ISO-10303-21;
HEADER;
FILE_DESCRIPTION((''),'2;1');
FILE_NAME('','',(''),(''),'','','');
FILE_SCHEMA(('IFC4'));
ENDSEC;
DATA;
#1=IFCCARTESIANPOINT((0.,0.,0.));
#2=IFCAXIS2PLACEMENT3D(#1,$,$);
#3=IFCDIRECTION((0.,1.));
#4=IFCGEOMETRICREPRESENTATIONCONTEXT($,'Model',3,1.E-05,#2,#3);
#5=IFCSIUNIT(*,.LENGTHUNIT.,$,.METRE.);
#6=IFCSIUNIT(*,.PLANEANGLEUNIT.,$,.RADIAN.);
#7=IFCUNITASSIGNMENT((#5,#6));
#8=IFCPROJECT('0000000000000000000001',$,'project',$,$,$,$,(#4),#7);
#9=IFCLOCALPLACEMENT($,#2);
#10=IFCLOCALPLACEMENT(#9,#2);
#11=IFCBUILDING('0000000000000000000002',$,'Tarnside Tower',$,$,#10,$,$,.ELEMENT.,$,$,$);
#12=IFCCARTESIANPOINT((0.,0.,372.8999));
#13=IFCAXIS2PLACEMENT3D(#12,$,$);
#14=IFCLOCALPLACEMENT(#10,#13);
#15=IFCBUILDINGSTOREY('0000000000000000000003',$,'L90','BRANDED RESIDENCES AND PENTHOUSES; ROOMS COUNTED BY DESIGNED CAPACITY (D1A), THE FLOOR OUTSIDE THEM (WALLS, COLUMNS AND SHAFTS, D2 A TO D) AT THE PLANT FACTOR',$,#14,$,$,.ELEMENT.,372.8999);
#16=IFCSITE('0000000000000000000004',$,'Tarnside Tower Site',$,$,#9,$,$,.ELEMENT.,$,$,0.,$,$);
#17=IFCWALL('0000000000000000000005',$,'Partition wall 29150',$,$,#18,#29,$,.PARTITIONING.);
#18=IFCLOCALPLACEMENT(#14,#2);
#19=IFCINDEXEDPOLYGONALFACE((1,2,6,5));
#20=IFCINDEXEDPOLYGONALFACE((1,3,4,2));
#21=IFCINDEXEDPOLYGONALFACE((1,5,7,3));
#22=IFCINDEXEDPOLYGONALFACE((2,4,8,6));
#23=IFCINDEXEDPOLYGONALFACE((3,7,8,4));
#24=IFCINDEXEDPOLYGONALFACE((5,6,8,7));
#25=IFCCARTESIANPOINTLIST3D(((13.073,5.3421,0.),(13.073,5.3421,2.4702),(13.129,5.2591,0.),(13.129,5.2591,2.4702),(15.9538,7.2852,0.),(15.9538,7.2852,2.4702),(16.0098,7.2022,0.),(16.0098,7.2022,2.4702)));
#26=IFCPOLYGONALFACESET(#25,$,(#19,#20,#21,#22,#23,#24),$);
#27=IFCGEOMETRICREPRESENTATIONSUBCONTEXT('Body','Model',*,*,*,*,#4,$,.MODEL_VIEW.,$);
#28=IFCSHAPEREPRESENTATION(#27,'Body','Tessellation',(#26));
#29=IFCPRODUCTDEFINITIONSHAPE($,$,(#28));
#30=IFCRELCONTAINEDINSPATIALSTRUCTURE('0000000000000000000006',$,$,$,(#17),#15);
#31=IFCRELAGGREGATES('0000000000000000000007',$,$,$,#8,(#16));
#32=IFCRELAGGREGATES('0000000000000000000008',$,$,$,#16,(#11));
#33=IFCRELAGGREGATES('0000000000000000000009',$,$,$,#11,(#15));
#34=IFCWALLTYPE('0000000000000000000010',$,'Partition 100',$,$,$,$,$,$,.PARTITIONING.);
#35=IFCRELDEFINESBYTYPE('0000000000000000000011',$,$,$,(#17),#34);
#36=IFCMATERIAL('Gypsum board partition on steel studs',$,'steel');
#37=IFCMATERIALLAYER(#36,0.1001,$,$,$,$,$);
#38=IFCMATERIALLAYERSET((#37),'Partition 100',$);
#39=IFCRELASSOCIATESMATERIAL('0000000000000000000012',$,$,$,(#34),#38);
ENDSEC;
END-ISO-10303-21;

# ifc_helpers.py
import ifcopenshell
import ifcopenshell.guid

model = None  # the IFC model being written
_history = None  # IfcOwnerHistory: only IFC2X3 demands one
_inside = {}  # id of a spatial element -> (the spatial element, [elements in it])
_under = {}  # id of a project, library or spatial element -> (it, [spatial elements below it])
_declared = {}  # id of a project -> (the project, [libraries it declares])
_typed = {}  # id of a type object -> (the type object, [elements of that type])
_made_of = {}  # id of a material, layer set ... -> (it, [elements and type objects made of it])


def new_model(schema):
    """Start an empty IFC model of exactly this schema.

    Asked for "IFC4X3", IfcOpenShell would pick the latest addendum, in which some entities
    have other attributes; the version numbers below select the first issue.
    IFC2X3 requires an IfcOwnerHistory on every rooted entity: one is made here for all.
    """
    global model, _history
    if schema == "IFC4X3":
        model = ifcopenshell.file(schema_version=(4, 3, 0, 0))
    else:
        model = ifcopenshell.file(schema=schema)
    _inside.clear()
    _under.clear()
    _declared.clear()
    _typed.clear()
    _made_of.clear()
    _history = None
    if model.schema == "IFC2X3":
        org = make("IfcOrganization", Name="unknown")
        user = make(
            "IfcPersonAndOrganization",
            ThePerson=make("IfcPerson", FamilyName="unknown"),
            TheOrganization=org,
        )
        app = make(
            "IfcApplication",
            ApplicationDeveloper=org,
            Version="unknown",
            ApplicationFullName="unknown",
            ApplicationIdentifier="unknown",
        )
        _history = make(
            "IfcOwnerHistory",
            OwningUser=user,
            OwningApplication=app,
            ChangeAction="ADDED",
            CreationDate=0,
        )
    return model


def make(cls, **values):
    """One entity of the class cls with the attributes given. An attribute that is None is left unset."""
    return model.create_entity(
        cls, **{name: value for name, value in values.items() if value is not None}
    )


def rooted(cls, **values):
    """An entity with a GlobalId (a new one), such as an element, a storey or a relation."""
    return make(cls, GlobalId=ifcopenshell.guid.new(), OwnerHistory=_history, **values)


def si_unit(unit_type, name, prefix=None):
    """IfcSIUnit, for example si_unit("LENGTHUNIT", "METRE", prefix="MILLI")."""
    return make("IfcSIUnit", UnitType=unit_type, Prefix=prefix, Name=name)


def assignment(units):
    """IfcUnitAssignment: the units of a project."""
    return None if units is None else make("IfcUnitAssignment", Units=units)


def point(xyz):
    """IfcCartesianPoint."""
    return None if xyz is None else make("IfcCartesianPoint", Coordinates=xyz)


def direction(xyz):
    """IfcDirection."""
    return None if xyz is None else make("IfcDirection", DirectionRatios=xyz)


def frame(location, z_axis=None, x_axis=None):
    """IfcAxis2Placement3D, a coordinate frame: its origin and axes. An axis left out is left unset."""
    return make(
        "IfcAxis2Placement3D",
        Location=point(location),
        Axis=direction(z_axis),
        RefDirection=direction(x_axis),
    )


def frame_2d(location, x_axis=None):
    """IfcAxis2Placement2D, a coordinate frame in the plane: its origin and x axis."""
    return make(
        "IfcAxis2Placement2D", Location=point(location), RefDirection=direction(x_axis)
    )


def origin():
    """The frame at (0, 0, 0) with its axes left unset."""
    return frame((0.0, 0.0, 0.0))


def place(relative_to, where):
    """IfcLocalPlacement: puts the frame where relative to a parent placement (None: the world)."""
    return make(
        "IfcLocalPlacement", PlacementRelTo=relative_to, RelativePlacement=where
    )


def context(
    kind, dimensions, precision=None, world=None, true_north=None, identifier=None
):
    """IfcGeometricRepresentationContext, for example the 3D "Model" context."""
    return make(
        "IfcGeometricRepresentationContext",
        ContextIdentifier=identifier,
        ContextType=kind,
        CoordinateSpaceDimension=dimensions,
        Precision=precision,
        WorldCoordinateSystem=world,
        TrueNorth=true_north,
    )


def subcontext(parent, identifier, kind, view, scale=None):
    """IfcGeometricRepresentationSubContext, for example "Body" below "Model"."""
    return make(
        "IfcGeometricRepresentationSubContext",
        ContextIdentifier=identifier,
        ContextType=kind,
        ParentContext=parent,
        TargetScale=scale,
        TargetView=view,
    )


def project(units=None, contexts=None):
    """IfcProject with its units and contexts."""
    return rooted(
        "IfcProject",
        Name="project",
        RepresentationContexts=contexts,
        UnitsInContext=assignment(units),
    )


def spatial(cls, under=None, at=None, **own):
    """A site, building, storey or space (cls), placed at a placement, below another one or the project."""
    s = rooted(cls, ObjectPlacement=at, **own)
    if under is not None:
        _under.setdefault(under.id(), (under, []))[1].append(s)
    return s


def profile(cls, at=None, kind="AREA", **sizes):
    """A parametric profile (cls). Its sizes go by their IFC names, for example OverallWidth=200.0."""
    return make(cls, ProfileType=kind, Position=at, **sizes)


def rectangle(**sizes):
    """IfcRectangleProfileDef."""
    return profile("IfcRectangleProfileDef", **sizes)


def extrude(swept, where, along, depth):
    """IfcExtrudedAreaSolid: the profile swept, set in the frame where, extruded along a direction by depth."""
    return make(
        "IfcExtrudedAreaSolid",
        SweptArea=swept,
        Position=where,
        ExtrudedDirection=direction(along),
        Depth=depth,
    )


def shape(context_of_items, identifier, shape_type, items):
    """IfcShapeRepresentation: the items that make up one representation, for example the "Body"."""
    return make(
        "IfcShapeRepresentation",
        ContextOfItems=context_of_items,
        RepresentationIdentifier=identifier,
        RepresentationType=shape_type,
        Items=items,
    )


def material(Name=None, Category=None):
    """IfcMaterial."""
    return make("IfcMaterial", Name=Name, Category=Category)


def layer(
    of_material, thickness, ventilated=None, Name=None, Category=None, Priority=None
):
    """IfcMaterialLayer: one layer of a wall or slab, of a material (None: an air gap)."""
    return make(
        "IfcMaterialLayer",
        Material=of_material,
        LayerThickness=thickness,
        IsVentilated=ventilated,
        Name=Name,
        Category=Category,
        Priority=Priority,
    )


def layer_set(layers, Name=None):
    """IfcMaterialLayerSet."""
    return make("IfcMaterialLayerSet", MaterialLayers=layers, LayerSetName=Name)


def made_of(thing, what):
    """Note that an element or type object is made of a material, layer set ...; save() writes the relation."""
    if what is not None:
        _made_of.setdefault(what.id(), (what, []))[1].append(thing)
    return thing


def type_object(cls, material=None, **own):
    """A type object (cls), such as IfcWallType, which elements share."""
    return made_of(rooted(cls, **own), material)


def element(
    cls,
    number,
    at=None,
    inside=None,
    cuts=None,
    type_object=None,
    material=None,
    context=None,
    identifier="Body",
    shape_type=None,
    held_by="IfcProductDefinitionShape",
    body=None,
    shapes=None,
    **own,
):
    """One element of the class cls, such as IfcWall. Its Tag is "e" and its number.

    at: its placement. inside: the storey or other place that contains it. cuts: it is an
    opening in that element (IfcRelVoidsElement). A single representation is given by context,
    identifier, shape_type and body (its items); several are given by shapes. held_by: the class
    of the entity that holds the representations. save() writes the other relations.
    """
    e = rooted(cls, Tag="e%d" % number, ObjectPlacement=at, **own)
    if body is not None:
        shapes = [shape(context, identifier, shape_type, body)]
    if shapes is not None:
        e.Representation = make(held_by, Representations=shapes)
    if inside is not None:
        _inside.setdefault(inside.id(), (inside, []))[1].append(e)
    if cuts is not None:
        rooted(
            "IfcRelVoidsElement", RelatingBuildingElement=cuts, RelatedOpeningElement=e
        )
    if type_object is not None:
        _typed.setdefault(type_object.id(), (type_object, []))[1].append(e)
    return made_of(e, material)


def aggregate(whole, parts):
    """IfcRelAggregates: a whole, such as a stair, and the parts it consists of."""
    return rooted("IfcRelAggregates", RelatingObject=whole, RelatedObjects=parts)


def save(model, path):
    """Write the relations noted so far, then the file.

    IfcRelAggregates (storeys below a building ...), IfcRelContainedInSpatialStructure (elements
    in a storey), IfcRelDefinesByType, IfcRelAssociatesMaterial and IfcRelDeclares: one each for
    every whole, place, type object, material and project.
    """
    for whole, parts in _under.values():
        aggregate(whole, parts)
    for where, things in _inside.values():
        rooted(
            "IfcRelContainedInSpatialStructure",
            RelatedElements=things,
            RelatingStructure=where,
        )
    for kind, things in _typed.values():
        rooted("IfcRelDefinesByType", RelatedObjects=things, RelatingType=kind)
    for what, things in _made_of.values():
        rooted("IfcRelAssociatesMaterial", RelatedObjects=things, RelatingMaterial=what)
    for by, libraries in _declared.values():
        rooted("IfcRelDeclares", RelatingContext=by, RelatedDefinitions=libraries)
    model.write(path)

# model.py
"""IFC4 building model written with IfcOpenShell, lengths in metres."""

from ifc_helpers import new_model, si_unit, direction, frame, frame_2d, origin, place, context, subcontext, project, spatial, rectangle, extrude, material, layer, layer_set, type_object, element, save


model = new_model("IFC4")

# Units and contexts
model_context = context("Model", 3, precision=1e-05, world=origin(), true_north=direction((0.0, 1.0)))
body_context = subcontext(model_context, "Body", "Model", "MODEL_VIEW")
ifc_project = project(units=[si_unit("LENGTHUNIT", "METRE"), si_unit("PLANEANGLEUNIT", "RADIAN")], contexts=[model_context])

# Site, building, storey
site_placement = place(None, origin())
site = spatial("IfcSite", under=ifc_project, at=site_placement, Name="Tarnside Tower Site", CompositionType="ELEMENT", RefElevation=0.0)
building_placement = place(site_placement, origin())
building = spatial("IfcBuilding", under=site, at=building_placement, Name="Tarnside Tower", CompositionType="ELEMENT")
storey_placement = place(building_placement, frame((0.0, 0.0, 372.8999)))
storey = spatial("IfcBuildingStorey", under=building, at=storey_placement, Name="L90", Description="BRANDED RESIDENCES AND PENTHOUSES; ROOMS COUNTED BY DESIGNED CAPACITY (D1A), THE FLOOR OUTSIDE THEM (WALLS, COLUMNS AND SHAFTS, D2 A TO D) AT THE PLANT FACTOR", CompositionType="ELEMENT", Elevation=372.8999)

# Shared definitions
ifc_material_1 = material(Name="Gypsum board partition on steel studs", Category="steel")

# Shared definitions
ifc_layer_1 = layer(ifc_material_1, 0.1001)
ifc_layer_set_1 = layer_set([ifc_layer_1], Name="Partition 100")
wall_type_1 = type_object("IfcWallType", Name="Partition 100", PredefinedType="PARTITIONING", material=ifc_layer_set_1)

# Wall
wall_1_placement = place(storey_placement, frame((15.9817, 7.2437, 0.0), z_axis=(0.0, 0.0, 1.0), x_axis=(-0.829044, -0.559183, 0.0)))
element("IfcWall", 1, at=wall_1_placement, inside=storey, type_object=wall_type_1, Name="Partition wall 29150", PredefinedType="PARTITIONING", context=body_context, shape_type="SweptSolid", body=[
    extrude(rectangle(XDim=3.4749, YDim=0.1001, at=frame_2d((1.7373, 0.0))), origin(), (0.0, 0.0, 1.0), 2.4702),
])

save(model, "model.ifc")
